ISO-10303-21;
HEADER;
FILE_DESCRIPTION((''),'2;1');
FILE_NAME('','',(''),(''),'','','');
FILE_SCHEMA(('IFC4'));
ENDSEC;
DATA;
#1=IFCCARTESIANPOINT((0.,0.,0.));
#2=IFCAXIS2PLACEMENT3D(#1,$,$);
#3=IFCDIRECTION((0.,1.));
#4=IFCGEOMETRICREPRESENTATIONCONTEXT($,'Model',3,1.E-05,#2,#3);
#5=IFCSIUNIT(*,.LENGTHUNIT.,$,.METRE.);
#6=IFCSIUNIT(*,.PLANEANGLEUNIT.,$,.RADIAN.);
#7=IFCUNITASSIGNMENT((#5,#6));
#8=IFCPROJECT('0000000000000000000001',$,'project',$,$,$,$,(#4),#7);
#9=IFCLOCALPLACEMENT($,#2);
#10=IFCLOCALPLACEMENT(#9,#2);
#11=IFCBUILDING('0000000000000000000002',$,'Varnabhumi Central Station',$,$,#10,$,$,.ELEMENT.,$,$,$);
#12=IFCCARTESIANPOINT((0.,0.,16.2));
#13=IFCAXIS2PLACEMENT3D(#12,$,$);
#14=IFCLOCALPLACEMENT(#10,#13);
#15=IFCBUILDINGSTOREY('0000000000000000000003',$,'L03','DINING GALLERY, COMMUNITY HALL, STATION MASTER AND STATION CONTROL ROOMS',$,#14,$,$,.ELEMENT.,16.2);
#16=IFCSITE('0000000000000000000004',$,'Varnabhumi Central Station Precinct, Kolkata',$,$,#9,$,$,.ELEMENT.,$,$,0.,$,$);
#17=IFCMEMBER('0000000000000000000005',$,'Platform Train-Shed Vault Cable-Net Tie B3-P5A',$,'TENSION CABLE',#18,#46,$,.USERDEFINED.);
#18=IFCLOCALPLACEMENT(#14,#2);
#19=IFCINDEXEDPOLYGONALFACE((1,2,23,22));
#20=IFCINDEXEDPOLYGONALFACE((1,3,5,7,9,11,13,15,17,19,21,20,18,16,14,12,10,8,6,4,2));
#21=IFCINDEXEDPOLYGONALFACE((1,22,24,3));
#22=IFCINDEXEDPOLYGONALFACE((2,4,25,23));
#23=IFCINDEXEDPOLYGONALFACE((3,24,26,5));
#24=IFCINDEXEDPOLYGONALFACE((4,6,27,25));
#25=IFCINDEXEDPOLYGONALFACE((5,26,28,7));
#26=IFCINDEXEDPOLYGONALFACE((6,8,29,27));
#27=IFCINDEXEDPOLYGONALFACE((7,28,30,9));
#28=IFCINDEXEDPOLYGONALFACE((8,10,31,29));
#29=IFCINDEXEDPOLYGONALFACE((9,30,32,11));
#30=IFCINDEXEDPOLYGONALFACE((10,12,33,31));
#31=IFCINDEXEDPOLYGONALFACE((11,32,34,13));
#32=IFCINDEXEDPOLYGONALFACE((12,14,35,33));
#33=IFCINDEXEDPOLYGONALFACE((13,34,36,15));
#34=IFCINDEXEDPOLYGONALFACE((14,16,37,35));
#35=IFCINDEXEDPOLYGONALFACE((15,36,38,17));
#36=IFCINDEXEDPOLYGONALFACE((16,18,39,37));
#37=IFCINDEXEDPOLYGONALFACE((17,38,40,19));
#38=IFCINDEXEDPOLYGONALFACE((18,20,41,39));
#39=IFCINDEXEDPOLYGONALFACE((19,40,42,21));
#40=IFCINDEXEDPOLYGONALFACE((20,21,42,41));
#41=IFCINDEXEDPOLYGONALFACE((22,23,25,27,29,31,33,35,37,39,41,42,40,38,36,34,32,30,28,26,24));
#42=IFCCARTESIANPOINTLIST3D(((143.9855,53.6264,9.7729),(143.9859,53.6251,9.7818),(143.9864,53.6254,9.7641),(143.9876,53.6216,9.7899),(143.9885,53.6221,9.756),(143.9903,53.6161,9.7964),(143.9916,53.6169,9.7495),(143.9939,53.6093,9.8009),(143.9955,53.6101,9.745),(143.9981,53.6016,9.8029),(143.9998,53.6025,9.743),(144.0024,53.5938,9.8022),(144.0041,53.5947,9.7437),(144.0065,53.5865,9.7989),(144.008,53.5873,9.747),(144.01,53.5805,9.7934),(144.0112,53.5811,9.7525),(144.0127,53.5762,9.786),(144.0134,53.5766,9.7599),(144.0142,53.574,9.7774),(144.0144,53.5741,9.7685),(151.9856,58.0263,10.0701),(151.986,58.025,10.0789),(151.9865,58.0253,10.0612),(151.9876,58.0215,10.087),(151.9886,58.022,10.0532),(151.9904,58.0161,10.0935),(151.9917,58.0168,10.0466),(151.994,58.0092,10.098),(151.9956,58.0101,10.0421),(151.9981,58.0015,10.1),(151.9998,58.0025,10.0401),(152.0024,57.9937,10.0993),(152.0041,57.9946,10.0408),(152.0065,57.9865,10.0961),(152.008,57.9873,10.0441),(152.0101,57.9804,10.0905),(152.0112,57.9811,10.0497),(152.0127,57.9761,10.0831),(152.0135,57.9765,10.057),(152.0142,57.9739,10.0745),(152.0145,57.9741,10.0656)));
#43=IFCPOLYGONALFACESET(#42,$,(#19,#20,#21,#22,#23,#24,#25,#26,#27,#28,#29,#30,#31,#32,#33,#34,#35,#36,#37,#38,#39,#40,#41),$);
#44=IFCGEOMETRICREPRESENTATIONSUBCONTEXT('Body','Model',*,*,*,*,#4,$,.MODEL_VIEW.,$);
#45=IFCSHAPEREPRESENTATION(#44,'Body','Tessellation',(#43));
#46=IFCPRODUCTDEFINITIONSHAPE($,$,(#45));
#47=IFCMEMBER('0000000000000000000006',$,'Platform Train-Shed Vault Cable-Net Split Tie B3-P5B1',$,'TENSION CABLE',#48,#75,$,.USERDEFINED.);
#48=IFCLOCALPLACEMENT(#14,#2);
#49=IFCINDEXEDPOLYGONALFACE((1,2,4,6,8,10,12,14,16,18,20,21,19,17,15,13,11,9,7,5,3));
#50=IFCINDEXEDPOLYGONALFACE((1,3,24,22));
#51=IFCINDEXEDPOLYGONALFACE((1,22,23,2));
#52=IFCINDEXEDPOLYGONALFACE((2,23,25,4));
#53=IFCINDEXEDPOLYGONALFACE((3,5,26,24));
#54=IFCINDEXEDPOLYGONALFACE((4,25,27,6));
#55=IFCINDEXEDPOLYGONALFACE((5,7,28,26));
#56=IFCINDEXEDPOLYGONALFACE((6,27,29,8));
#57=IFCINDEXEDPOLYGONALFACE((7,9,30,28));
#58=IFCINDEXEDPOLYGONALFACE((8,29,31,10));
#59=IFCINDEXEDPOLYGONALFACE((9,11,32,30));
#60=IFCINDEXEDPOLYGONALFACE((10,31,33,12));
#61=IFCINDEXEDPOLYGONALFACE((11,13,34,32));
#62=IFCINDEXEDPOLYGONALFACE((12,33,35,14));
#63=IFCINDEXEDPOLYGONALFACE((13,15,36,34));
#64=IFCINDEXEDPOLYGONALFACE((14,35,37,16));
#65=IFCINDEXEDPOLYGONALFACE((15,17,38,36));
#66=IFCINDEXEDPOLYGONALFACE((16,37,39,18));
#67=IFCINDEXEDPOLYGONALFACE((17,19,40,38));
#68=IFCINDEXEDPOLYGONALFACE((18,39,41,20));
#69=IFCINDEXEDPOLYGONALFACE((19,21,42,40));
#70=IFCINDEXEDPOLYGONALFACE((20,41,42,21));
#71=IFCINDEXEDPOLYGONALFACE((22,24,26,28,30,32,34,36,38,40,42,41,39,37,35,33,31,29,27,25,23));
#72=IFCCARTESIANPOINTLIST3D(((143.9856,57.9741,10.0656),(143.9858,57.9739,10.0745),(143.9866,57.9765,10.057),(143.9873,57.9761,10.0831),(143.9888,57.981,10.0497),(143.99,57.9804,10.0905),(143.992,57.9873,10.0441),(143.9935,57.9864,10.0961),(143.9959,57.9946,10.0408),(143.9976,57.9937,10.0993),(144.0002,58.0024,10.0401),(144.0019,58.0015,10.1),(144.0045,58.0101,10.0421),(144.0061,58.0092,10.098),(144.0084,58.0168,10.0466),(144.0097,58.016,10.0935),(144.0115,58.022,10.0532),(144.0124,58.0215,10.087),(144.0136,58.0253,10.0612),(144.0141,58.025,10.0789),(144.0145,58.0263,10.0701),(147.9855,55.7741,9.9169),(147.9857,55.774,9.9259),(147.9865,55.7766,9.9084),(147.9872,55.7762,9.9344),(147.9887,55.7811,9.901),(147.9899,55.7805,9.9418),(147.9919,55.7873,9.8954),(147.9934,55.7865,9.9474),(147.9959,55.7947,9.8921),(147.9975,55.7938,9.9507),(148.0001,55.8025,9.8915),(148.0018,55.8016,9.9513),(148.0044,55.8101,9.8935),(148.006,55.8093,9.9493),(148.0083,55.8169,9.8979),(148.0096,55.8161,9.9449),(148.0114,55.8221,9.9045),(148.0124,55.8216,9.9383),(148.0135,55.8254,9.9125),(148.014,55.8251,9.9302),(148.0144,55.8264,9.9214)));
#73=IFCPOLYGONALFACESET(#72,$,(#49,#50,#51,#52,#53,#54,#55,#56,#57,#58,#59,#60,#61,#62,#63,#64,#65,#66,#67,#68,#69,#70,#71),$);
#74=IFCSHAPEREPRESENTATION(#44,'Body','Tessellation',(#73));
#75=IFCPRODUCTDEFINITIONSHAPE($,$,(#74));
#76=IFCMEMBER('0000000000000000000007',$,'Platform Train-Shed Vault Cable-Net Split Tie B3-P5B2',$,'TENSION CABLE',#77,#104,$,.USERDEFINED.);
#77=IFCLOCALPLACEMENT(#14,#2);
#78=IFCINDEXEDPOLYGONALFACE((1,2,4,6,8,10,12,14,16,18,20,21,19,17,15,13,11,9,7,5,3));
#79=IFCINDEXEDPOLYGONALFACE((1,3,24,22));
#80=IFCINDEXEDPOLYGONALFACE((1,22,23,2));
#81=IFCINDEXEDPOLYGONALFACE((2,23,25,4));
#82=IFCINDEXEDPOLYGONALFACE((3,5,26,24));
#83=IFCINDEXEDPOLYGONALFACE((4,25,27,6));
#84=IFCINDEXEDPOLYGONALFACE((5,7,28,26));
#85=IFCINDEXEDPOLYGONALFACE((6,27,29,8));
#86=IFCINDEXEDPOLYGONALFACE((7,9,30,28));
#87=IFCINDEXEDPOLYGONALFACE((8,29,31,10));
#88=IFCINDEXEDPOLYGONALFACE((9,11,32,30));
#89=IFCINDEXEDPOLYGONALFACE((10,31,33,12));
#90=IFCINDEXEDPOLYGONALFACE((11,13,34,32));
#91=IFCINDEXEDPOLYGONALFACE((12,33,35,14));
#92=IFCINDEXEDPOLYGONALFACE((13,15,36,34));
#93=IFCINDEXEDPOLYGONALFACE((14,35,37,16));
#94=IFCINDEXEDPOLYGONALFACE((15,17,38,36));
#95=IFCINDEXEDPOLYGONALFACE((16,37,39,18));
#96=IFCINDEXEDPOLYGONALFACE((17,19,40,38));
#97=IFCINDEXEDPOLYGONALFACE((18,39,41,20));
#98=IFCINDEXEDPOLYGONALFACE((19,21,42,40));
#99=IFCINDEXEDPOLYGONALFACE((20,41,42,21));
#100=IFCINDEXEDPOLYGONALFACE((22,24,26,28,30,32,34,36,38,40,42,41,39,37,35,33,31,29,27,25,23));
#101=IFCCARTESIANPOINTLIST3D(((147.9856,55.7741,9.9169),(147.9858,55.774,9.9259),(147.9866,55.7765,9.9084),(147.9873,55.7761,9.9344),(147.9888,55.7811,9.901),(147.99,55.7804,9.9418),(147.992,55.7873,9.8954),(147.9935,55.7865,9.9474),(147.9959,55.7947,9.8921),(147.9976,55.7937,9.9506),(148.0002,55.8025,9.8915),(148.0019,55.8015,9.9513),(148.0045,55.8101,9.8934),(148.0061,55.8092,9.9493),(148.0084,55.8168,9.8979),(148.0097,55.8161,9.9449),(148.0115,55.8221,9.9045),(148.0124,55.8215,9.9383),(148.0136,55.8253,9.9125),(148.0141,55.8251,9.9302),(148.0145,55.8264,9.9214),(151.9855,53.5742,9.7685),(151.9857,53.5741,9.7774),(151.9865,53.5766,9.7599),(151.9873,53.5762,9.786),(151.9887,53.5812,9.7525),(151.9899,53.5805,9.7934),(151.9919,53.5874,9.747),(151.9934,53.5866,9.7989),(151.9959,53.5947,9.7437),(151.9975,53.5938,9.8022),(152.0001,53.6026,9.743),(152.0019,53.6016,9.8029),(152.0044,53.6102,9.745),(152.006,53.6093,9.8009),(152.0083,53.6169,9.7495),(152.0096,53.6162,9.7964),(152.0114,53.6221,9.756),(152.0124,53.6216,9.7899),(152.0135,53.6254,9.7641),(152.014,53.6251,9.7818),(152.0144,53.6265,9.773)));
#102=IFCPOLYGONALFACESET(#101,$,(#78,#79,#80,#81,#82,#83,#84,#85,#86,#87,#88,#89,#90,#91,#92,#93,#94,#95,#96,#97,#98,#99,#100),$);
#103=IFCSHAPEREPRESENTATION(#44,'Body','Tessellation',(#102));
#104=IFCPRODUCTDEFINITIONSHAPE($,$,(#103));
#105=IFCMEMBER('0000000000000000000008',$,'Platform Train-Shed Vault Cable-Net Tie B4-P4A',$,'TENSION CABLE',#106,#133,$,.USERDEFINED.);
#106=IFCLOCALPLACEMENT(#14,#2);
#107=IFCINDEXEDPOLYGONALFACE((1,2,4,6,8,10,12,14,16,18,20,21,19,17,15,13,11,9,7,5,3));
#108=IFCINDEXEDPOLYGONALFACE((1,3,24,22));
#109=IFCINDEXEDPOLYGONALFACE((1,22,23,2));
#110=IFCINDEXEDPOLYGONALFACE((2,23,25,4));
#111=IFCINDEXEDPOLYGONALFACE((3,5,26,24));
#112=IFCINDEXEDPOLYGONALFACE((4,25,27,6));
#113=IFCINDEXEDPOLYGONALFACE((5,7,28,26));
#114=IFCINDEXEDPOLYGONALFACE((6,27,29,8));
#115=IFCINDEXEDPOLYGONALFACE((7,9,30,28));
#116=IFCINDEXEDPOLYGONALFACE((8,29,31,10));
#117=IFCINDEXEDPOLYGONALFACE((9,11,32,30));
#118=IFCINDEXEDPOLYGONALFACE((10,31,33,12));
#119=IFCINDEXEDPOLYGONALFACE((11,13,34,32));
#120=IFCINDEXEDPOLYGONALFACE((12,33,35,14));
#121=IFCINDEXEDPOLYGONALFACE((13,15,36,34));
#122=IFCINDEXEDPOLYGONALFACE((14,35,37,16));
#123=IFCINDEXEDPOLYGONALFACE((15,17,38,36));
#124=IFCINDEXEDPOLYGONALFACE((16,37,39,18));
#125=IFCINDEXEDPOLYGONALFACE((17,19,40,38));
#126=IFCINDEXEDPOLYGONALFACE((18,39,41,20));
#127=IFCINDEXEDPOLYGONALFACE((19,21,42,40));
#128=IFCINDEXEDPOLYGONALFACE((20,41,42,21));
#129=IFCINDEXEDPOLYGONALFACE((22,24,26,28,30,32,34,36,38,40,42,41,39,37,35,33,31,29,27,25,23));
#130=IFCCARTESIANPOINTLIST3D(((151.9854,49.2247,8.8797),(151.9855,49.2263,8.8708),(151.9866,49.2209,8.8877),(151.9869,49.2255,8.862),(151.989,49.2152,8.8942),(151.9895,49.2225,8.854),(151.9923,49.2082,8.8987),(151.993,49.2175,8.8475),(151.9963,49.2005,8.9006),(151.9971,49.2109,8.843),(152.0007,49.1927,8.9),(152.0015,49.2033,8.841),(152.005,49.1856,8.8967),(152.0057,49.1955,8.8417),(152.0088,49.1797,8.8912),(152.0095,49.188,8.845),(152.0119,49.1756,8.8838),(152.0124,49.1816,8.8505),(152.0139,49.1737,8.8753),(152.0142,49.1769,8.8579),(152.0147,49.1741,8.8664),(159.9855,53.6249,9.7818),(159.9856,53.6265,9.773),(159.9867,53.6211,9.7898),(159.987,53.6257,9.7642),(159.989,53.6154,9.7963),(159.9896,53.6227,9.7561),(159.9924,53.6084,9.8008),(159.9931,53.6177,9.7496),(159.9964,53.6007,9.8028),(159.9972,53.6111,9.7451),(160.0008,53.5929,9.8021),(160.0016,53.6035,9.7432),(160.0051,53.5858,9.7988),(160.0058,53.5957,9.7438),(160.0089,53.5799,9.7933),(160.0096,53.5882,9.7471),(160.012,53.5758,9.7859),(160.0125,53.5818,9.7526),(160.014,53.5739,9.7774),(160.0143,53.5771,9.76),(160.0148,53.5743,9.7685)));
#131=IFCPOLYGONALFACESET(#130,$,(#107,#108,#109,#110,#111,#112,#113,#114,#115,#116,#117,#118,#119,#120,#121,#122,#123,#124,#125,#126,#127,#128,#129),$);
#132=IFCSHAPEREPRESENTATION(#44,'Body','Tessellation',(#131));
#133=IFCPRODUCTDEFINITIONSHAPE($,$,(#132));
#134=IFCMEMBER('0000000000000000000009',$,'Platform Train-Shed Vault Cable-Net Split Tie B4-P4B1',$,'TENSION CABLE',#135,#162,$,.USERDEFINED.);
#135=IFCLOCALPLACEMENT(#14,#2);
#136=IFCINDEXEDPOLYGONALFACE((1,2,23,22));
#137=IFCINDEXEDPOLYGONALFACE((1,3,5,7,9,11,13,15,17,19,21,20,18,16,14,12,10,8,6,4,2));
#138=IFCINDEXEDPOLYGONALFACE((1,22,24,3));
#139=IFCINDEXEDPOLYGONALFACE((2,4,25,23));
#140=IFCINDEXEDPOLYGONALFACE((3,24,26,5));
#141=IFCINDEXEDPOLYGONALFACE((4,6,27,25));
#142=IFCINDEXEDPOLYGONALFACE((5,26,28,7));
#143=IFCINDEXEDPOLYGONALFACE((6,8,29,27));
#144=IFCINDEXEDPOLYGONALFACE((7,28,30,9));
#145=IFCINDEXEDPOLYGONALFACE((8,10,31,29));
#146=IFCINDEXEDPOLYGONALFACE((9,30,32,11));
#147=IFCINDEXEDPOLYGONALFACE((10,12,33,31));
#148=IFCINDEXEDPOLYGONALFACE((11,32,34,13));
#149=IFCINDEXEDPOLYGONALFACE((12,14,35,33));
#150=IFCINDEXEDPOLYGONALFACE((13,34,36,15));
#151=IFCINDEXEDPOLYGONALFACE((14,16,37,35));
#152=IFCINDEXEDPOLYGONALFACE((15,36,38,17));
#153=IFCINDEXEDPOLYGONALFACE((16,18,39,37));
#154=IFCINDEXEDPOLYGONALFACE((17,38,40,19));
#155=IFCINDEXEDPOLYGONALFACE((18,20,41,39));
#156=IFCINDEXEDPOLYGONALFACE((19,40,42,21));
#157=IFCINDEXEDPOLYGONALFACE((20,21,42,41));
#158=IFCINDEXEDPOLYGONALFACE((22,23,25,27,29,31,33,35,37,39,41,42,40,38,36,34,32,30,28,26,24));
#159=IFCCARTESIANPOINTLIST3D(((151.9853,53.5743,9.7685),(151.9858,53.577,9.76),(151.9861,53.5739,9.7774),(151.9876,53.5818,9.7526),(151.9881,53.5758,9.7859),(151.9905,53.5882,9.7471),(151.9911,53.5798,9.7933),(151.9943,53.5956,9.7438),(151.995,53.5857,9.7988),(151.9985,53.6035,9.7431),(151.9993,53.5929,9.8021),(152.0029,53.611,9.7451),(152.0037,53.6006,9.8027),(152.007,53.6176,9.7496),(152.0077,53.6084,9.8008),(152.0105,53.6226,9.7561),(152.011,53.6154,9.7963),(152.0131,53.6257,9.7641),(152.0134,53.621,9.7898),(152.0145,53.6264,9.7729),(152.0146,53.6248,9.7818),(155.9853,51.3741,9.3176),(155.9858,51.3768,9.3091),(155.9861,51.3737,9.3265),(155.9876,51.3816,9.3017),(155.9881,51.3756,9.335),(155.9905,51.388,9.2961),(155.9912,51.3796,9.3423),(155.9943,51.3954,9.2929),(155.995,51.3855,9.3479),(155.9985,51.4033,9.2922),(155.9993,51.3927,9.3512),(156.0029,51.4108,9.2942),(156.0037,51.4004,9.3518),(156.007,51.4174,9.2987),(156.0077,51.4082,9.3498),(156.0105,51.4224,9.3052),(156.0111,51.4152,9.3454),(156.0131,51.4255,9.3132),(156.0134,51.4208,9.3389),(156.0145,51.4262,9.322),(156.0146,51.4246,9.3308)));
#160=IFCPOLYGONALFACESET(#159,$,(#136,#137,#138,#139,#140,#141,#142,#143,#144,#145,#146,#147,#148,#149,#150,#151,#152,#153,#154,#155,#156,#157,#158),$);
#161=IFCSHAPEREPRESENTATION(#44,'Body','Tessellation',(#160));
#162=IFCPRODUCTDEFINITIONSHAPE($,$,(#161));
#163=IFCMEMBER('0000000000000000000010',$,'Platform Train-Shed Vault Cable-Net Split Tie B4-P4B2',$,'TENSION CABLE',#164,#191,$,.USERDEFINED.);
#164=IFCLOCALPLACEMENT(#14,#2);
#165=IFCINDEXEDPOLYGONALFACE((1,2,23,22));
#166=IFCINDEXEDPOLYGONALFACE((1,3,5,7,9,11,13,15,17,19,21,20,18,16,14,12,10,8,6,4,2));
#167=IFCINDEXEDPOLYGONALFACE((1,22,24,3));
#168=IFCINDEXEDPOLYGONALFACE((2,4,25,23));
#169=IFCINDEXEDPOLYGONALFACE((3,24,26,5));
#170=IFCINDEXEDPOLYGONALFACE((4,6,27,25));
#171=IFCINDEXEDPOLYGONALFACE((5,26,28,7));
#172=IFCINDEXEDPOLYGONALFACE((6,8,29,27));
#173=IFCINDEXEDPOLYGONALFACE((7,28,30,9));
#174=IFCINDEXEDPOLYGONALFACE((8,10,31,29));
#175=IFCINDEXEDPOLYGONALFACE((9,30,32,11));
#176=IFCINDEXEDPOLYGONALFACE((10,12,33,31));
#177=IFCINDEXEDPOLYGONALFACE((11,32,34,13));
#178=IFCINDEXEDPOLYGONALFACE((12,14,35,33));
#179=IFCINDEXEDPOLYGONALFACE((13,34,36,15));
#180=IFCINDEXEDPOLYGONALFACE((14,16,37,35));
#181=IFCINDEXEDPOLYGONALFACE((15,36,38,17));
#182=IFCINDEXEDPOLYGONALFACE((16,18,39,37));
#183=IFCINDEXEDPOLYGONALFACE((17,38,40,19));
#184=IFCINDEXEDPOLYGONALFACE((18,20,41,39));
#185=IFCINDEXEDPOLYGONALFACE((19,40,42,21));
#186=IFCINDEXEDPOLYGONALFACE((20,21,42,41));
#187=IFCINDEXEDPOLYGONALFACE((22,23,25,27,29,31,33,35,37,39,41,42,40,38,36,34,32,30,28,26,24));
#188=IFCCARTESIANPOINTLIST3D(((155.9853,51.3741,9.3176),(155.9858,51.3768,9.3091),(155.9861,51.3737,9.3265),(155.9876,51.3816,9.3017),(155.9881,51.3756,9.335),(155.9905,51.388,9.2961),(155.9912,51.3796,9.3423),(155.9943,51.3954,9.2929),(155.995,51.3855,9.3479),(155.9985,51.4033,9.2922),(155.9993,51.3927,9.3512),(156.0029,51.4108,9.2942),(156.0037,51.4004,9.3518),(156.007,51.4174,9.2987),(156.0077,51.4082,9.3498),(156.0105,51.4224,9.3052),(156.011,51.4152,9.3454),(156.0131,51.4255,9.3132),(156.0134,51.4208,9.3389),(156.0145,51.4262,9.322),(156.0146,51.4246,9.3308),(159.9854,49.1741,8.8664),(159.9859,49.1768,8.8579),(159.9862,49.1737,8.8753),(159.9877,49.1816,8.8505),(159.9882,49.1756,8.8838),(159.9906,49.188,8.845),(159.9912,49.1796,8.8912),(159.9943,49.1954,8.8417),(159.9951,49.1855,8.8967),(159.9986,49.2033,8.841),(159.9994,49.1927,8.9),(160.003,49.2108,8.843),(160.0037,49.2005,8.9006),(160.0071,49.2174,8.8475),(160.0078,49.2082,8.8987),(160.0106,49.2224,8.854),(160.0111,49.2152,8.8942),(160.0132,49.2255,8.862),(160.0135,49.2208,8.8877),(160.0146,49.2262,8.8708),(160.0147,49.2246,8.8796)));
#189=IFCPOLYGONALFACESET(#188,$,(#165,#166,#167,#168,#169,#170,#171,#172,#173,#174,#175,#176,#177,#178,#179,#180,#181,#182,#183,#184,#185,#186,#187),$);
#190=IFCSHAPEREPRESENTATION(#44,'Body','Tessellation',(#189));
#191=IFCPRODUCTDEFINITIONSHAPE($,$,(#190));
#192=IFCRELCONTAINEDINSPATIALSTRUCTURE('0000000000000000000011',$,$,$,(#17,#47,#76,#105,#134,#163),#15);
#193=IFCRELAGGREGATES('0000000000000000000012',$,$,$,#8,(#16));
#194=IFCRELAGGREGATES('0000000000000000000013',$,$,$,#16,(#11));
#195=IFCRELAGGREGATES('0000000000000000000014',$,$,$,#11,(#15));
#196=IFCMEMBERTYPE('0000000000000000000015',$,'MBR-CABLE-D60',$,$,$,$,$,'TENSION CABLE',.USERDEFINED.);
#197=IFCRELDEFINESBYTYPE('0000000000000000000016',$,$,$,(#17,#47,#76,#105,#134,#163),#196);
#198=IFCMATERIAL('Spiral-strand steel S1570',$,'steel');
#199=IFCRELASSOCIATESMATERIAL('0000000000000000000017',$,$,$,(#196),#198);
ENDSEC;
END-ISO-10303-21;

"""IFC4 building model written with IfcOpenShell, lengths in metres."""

from ifc_helpers import new_model, si_unit, direction, frame, origin, origin_2d, place, context, subcontext, project, spatial, circle, extrude, material, material_profile, profile_set, type_object, element, save


model = new_model("IFC4")

# Units and contexts
model_context = context("Model", 3, precision=1e-05, world=origin(), true_north=direction((0.0, 1.0)))
body_context = subcontext(model_context, "Body", "Model", "MODEL_VIEW")
ifc_project = project(units=[si_unit("LENGTHUNIT", "METRE"), si_unit("PLANEANGLEUNIT", "RADIAN")], contexts=[model_context])

# Site, building, storey
site_placement = place(None, origin())
site = spatial("IfcSite", under=ifc_project, at=site_placement, Name="Varnabhumi Central Station Precinct, Kolkata", CompositionType="ELEMENT", RefElevation=0.0)
building_placement = place(site_placement, origin())
building = spatial("IfcBuilding", under=site, at=building_placement, Name="Varnabhumi Central Station", CompositionType="ELEMENT")
storey_placement = place(building_placement, frame((0.0, 0.0, 16.2)))
storey = spatial("IfcBuildingStorey", under=building, at=storey_placement, Name="L03", Description="DINING GALLERY, COMMUNITY HALL, STATION MASTER AND STATION CONTROL ROOMS", CompositionType="ELEMENT", Elevation=16.2)

# Members
ifc_material_1 = material(Name="Spiral-strand steel S1570", Category="steel")
ifc_material_profile_1 = material_profile(ifc_material_1, circle(Radius=0.03, at=origin_2d()), Name="Spiral-strand steel S1570", Category="steel")
ifc_profile_set_1 = profile_set([ifc_material_profile_1], Name="Spiral-strand steel S1570")
member_type = type_object("IfcMemberType", Name="MBR-CABLE-D60", ElementType="TENSION CABLE", PredefinedType="USERDEFINED", material=ifc_profile_set_1)
member_1_placement = place(storey_placement, frame((144.0, 53.6001, 9.7729), z_axis=(0.875757, 0.481656, 0.032526), x_axis=(-0.481911, 0.87622, 0.0)))
element("IfcMember", 1, at=member_1_placement, inside=storey, type_object=member_type, Name="Platform Train-Shed Vault Cable-Net Tie B3-P5A", ObjectType="TENSION CABLE", PredefinedType="USERDEFINED", context=body_context, shape_type="SweptSolid", body=[
    extrude(circle(Radius=0.03, at=origin_2d()), origin(), (0.0, 0.0, 1.0), 9.135),
])
for number, where, z_axis, x_axis, name in (
    (2, (144.0, 58.0, 10.0701), (0.875756, -0.481655, -0.032552), (0.481911, 0.87622, 0.0), "Platform Train-Shed Vault Cable-Net Split Tie B3-P5B1"),
    (3, (148.0, 55.8, 9.9214), (0.875758, -0.481656, -0.032499), (0.481911, 0.87622, 0.0), "Platform Train-Shed Vault Cable-Net Split Tie B3-P5B2"),
):
    element("IfcMember", number, at=place(storey_placement, frame(where, z_axis=z_axis, x_axis=x_axis)), inside=storey, type_object=member_type, Name=name, ObjectType="TENSION CABLE", PredefinedType="USERDEFINED", context=body_context, shape_type="SweptSolid", body=[
        extrude(circle(Radius=0.03, at=origin_2d()), origin(), (0.0, 0.0, 1.0), 4.5674),
    ])
member_2_placement = place(storey_placement, frame((152.0, 49.2, 8.8708), z_axis=(0.871963, 0.479596, 0.098325), x_axis=(-0.481931, 0.876209, 0.0)))
element("IfcMember", 4, at=member_2_placement, inside=storey, type_object=member_type, Name="Platform Train-Shed Vault Cable-Net Tie B4-P4A", ObjectType="TENSION CABLE", PredefinedType="USERDEFINED", context=body_context, shape_type="SweptSolid", body=[
    extrude(circle(Radius=0.03, at=origin_2d()), origin(), (0.0, 0.0, 1.0), 9.1748),
])
for number, where, z_axis, x_axis, name in (
    (5, (152.0, 53.6001, 9.7729), (0.871955, -0.479618, -0.098297), (0.481952, 0.876198, 0.0), "Platform Train-Shed Vault Cable-Net Split Tie B4-P4B1"),
    (6, (156.0, 51.3999, 9.322), (0.871972, -0.479574, -0.098352), (0.481911, 0.87622, 0.0), "Platform Train-Shed Vault Cable-Net Split Tie B4-P4B2"),
):
    element("IfcMember", number, at=place(storey_placement, frame(where, z_axis=z_axis, x_axis=x_axis)), inside=storey, type_object=member_type, Name=name, ObjectType="TENSION CABLE", PredefinedType="USERDEFINED", context=body_context, shape_type="SweptSolid", body=[
        extrude(circle(Radius=0.03, at=origin_2d()), origin(), (0.0, 0.0, 1.0), 4.5874),
    ])

save(model, "model.ifc")
